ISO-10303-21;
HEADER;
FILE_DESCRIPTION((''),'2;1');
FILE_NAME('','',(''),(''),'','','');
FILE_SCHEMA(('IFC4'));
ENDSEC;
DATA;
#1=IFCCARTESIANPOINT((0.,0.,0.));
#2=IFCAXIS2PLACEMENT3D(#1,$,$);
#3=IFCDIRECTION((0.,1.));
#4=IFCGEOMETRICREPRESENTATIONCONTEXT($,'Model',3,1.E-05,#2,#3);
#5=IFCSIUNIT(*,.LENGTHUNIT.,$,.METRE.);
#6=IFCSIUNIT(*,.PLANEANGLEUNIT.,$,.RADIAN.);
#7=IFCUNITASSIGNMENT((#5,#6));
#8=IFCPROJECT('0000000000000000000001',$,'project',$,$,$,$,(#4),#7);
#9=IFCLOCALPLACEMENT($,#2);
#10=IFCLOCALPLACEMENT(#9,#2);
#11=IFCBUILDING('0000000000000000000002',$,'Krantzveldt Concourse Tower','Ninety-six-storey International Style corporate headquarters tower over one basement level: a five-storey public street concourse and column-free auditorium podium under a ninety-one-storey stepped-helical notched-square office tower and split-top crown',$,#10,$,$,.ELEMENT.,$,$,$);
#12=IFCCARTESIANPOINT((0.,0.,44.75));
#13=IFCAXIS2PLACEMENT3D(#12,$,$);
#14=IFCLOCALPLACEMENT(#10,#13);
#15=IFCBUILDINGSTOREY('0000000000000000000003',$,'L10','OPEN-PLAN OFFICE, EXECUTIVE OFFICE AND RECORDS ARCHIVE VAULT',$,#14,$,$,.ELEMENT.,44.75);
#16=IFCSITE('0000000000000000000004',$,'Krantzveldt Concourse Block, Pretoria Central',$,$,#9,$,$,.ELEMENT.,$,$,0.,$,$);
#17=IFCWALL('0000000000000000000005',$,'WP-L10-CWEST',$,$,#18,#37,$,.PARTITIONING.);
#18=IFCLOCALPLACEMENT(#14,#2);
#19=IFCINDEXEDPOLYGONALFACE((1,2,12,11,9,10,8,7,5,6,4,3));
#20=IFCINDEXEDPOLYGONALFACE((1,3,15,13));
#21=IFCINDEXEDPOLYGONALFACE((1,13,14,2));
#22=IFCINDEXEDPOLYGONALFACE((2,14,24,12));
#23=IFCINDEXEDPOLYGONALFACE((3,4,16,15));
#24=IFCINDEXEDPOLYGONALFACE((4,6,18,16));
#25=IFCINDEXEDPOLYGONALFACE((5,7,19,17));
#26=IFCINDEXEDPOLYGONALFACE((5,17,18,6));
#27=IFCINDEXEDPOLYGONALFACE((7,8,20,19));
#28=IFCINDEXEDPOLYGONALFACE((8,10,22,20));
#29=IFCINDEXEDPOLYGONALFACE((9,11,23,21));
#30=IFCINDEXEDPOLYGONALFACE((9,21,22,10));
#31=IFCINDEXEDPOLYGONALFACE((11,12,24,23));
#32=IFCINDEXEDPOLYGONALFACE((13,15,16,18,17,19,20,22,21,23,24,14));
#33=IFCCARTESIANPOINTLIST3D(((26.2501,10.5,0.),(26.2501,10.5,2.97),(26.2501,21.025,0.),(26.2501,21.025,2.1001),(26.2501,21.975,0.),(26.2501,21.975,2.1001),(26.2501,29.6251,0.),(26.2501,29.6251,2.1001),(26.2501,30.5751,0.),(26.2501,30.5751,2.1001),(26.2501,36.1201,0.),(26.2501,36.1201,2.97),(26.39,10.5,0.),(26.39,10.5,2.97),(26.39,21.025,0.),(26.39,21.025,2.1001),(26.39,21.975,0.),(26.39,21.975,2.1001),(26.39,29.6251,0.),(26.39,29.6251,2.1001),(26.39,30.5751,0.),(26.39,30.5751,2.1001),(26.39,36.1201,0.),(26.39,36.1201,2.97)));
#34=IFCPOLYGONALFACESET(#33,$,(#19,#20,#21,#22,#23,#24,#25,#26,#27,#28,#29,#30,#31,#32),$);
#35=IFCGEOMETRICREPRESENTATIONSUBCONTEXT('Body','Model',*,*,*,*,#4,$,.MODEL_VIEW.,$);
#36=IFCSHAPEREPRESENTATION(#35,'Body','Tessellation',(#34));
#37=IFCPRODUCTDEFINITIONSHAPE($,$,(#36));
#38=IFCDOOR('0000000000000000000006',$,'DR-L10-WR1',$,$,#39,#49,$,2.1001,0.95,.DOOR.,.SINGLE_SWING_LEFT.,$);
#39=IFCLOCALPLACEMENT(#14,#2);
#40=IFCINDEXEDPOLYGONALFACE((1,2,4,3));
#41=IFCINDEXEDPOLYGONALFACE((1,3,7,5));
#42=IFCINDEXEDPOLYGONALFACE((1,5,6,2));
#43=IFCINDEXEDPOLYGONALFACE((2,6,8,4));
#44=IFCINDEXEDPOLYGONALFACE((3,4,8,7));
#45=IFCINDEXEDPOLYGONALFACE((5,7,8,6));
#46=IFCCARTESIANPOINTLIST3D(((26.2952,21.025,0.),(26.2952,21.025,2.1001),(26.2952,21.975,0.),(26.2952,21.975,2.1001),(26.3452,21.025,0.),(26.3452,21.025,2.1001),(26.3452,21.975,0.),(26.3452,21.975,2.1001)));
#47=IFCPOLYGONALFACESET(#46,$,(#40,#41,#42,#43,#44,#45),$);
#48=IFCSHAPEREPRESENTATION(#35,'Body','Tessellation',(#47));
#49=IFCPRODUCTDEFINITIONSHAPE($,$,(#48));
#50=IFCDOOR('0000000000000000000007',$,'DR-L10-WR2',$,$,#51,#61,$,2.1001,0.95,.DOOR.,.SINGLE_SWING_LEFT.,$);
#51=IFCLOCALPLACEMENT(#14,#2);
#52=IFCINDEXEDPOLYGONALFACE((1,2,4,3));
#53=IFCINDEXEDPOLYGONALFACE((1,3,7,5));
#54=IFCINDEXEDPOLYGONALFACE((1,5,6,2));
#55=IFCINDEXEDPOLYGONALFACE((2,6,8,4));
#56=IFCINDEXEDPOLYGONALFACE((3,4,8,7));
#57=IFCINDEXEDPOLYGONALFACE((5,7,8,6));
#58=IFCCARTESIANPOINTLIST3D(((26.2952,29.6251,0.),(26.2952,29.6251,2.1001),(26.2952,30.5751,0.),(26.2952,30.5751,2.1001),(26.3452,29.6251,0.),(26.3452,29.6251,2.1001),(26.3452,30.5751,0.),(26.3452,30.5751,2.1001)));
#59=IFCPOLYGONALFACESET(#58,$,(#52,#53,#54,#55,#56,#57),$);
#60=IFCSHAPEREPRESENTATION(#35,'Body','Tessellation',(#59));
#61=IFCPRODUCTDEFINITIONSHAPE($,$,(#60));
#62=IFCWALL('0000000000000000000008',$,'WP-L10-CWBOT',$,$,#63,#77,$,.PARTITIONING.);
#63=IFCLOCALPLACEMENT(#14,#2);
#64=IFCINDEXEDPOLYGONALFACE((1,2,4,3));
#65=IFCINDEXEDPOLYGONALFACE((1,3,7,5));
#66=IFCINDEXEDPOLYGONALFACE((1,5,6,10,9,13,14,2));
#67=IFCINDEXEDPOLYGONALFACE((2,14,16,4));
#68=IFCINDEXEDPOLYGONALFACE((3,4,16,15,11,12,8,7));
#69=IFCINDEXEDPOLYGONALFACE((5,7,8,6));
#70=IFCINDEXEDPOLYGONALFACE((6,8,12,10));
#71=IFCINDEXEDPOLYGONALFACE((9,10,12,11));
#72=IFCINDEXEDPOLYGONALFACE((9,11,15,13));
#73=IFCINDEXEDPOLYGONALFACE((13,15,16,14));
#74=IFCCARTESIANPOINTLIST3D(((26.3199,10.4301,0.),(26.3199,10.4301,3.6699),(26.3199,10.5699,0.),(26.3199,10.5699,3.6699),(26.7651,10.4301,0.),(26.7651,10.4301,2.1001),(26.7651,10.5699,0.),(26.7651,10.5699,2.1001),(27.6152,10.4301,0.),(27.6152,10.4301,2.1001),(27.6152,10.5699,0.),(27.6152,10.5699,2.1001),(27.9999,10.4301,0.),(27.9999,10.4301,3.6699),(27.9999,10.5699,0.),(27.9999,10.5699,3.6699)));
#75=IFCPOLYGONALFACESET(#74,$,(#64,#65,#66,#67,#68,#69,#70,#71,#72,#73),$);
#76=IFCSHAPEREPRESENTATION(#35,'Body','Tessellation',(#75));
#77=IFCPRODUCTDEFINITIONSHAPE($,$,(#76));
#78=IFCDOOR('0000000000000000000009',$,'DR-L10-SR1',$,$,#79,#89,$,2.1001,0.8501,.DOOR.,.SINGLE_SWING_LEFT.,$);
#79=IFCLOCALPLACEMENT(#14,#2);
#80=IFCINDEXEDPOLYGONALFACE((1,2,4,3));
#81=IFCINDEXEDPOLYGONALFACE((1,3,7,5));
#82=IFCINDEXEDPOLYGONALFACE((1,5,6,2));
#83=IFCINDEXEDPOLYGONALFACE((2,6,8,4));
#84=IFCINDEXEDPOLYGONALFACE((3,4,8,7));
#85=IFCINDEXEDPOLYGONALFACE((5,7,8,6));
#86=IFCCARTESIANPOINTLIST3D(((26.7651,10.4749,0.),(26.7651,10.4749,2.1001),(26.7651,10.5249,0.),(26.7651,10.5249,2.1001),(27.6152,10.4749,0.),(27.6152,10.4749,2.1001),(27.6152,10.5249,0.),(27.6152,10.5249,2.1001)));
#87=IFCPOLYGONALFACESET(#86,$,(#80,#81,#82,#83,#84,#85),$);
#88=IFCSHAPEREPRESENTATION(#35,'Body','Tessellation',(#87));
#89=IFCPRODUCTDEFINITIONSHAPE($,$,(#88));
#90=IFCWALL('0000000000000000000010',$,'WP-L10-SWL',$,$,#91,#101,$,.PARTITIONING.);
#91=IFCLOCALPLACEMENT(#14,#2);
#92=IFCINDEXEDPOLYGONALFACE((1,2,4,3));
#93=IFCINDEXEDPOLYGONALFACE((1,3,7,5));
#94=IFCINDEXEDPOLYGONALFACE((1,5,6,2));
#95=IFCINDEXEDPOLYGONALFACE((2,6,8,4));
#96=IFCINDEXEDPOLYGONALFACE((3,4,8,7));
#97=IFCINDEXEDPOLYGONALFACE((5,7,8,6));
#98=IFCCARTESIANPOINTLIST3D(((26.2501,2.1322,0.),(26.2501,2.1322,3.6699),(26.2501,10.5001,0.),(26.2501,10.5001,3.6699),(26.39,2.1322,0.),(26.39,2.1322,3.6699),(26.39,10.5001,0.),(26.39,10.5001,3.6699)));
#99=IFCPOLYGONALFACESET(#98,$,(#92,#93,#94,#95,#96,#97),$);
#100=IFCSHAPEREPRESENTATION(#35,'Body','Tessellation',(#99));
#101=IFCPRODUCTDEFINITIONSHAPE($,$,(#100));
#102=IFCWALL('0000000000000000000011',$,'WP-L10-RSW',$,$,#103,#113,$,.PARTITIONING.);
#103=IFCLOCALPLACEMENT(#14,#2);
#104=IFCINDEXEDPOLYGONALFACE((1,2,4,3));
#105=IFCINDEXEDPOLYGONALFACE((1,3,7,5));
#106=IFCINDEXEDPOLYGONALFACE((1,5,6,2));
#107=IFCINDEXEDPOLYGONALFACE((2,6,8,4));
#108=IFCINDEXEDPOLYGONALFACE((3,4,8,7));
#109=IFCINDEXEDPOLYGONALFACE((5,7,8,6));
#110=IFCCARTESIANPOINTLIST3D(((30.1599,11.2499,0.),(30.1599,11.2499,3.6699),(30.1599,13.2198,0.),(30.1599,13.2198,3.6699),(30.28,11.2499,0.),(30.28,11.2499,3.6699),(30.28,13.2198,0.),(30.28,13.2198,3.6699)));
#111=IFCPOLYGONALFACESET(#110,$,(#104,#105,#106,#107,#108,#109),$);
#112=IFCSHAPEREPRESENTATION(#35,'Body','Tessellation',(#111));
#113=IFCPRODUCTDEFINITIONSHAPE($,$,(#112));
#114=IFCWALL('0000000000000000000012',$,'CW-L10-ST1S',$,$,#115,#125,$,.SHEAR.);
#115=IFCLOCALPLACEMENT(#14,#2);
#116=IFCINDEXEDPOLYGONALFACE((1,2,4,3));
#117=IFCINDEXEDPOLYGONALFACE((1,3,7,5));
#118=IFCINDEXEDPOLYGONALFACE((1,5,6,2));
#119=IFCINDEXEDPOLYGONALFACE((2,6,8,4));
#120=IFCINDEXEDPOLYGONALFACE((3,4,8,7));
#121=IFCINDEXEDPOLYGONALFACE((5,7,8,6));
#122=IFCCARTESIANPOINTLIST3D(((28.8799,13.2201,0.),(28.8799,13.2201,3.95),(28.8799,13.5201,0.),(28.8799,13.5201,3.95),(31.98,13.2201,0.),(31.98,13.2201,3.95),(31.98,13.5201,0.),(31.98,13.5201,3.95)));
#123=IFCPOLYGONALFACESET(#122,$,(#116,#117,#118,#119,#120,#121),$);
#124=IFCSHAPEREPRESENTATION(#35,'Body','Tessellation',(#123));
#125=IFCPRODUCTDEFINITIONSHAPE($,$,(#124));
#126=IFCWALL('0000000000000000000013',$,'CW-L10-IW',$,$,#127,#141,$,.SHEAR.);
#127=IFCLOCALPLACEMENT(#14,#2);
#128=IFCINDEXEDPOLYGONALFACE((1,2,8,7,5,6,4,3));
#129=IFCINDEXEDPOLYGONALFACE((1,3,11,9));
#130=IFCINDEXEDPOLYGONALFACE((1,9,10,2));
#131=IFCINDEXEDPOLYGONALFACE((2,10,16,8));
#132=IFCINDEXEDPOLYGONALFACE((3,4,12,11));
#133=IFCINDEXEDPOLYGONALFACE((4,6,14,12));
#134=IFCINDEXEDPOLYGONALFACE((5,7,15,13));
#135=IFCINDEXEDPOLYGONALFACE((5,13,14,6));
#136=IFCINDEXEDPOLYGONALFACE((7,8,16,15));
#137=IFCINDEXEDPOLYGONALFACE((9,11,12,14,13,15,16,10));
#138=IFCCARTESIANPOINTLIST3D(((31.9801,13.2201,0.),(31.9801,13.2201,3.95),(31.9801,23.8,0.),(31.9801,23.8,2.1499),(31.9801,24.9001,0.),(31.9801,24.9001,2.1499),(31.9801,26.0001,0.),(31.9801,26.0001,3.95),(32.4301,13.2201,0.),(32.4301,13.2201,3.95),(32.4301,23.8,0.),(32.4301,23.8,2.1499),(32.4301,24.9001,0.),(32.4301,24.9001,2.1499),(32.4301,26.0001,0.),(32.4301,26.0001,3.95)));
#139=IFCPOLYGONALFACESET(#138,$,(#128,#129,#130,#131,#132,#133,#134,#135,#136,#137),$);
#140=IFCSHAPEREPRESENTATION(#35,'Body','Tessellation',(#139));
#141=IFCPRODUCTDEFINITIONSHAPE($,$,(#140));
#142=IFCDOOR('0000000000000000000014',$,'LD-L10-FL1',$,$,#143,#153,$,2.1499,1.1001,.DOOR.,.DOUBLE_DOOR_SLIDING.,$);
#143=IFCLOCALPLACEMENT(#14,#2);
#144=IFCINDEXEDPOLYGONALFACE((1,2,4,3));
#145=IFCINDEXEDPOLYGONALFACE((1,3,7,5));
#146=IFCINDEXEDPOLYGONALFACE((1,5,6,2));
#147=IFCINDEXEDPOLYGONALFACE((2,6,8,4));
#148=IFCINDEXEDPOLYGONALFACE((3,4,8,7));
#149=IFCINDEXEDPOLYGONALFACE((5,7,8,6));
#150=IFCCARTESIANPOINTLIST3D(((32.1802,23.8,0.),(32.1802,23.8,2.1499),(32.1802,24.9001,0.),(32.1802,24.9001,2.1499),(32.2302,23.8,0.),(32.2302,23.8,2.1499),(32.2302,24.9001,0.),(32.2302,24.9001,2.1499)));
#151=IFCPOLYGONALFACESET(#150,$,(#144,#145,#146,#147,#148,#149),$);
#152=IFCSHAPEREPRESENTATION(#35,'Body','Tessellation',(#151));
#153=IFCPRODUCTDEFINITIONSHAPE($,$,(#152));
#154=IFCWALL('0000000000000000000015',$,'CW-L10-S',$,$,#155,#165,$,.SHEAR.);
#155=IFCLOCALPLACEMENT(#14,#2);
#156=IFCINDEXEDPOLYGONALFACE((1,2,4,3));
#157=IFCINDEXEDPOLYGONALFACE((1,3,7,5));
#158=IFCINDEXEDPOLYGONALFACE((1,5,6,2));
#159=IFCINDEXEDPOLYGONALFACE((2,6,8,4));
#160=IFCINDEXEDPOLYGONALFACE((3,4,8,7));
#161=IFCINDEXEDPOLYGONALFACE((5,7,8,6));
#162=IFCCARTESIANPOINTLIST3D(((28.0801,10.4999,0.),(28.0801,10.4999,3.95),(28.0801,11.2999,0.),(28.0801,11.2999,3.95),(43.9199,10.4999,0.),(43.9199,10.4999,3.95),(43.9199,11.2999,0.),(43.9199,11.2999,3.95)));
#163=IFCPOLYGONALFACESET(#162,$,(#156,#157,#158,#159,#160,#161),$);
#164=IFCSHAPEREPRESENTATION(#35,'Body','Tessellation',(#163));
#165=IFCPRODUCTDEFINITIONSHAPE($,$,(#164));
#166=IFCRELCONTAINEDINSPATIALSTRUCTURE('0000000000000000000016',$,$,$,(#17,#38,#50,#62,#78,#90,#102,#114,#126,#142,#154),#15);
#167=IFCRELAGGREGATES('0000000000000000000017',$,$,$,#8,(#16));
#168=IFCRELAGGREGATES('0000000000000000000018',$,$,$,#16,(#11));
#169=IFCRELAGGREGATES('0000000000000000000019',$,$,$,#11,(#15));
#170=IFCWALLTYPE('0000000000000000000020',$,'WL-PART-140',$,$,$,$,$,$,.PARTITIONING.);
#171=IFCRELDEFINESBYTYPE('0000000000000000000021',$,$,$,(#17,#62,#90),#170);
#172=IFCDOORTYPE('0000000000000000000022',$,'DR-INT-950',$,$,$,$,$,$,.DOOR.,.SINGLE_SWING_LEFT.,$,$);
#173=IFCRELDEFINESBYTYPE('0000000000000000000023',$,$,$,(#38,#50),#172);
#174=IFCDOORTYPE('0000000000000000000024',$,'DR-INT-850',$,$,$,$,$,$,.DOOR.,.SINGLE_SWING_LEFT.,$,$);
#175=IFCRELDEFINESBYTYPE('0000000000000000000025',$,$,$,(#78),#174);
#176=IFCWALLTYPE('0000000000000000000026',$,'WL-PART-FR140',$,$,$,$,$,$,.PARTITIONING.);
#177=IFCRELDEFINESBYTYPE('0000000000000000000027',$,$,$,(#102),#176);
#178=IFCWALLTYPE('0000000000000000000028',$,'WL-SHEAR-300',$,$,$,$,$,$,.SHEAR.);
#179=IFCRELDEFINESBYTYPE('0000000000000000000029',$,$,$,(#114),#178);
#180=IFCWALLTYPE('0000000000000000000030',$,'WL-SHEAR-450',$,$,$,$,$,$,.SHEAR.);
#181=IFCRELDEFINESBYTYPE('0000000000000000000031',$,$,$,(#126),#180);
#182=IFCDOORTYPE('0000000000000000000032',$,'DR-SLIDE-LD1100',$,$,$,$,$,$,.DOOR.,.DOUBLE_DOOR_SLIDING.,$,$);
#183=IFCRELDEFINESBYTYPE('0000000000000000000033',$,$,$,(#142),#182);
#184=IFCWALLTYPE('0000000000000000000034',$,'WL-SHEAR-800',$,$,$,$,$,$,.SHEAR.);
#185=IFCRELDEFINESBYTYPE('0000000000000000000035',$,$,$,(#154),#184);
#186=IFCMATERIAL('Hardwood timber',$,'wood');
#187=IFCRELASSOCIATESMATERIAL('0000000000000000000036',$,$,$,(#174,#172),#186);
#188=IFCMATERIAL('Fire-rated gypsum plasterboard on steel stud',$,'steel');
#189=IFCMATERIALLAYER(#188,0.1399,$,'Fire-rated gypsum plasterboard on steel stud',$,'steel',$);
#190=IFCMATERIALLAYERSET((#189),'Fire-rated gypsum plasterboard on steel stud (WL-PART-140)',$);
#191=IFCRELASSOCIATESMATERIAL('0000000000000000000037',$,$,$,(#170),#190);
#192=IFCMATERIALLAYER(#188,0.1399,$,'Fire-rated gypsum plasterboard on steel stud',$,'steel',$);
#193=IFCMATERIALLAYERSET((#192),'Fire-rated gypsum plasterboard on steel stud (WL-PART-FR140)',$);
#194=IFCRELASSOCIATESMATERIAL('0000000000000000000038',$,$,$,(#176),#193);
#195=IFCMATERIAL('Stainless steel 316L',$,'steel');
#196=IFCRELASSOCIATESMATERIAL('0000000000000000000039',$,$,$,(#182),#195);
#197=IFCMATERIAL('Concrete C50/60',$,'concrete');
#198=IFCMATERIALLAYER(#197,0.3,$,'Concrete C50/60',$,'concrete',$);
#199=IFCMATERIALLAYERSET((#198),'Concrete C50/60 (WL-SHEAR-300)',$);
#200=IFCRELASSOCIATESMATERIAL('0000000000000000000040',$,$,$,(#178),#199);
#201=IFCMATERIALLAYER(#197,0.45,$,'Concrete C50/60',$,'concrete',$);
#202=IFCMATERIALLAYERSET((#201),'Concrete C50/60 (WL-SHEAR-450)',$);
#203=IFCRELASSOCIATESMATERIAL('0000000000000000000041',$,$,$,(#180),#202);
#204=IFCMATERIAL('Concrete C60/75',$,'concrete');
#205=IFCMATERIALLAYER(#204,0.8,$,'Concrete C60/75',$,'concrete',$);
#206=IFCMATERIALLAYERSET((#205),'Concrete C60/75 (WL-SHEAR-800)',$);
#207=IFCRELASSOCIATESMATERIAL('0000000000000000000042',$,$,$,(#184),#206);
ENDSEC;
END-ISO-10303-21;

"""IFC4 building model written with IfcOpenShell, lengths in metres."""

from ifc_helpers import new_model, si_unit, direction, frame, frame_2d, origin, place, context, subcontext, project, spatial, rectangle, extrude, material, layer, layer_set, type_object, element, fill, save


model = new_model("IFC4")

# Units and contexts
model_context = context("Model", 3, precision=1e-05, world=origin(), true_north=direction((0.0, 1.0)))
body_context = subcontext(model_context, "Body", "Model", "MODEL_VIEW")
ifc_project = project(units=[si_unit("LENGTHUNIT", "METRE"), si_unit("PLANEANGLEUNIT", "RADIAN")], contexts=[model_context])

# Site, building, storey
site_placement = place(None, origin())
site = spatial("IfcSite", under=ifc_project, at=site_placement, Name="Krantzveldt Concourse Block, Pretoria Central", CompositionType="ELEMENT", RefElevation=0.0)
building_placement = place(site_placement, origin())
building = spatial("IfcBuilding", under=site, at=building_placement, Name="Krantzveldt Concourse Tower", Description="Ninety-six-storey International Style corporate headquarters tower over one basement level: a five-storey public street concourse and column-free auditorium podium under a ninety-one-storey stepped-helical notched-square office tower and split-top crown", CompositionType="ELEMENT")
storey_placement = place(building_placement, frame((0.0, 0.0, 44.75)))
storey = spatial("IfcBuildingStorey", under=building, at=storey_placement, Name="L10", Description="OPEN-PLAN OFFICE, EXECUTIVE OFFICE AND RECORDS ARCHIVE VAULT", CompositionType="ELEMENT", Elevation=44.75)

# Shared definitions
ifc_material_1 = material(Name="Fire-rated gypsum plasterboard on steel stud", Category="steel")
ifc_material_2 = material(Name="Hardwood timber", Category="wood")
door_type_1 = type_object("IfcDoorType", Name="DR-INT-850", OperationType="SINGLE_SWING_LEFT", PredefinedType="DOOR", material=ifc_material_2)

# Wall, openings, doors
ifc_layer_1 = layer(ifc_material_1, 0.1399, Name="Fire-rated gypsum plasterboard on steel stud", Category="steel")
ifc_layer_set_1 = layer_set([ifc_layer_1], Name="Fire-rated gypsum plasterboard on steel stud (WL-PART-140)")
wall_type_1 = type_object("IfcWallType", Name="WL-PART-140", PredefinedType="PARTITIONING", material=ifc_layer_set_1)
wall_1_placement = place(storey_placement, frame((26.3201, 10.5, 0.0), z_axis=(0.0, 0.0, 1.0), x_axis=(0.0, 1.0, 0.0)))
wall_1 = element("IfcWall", 1, at=wall_1_placement, inside=storey, type_object=wall_type_1, Name="WP-L10-CWEST", PredefinedType="PARTITIONING", context=body_context, shape_type="SweptSolid", body=[
    extrude(rectangle(XDim=25.6201, YDim=0.1399, at=frame_2d((12.8101, 0.0))), origin(), (0.0, 0.0, 1.0), 2.97),
])
opening_1_placement = place(wall_1_placement, frame((10.5249, 0.0, 0.0)))
opening_1 = element("IfcOpeningElement", 2, at=opening_1_placement, cuts=wall_1, PredefinedType="OPENING", context=body_context, shape_type="SweptSolid", body=[
    extrude(rectangle(XDim=0.95, YDim=2.1001, at=frame_2d((0.4751, 1.05))), frame((0.0, 0.0801, 0.0), z_axis=(0.0, -1.0, 0.0), x_axis=(1.0, 0.0, 0.0)), (0.0, 0.0, 1.0), 0.1599),
])
opening_2_placement = place(wall_1_placement, frame((19.125, 0.0, 0.0)))
opening_2 = element("IfcOpeningElement", 3, at=opening_2_placement, cuts=wall_1, PredefinedType="OPENING", context=body_context, shape_type="SweptSolid", body=[
    extrude(rectangle(XDim=0.95, YDim=2.1001, at=frame_2d((0.4751, 1.05))), frame((0.0, 0.0801, 0.0), z_axis=(0.0, -1.0, 0.0), x_axis=(1.0, 0.0, 0.0)), (0.0, 0.0, 1.0), 0.1599),
])
door_type_2 = type_object("IfcDoorType", Name="DR-INT-950", OperationType="SINGLE_SWING_LEFT", PredefinedType="DOOR", material=ifc_material_2)
door_1_placement = place(opening_1_placement, origin())
door_1 = element("IfcDoor", 4, at=door_1_placement, inside=storey, type_object=door_type_2, Name="DR-L10-WR1", OperationType="SINGLE_SWING_LEFT", OverallHeight=2.1001, OverallWidth=0.95, PredefinedType="DOOR", context=body_context, shape_type="SweptSolid", body=[
    extrude(rectangle(XDim=0.95, YDim=2.1001, at=frame_2d((0.4751, 1.05))), frame((0.0, 0.0249, 0.0), z_axis=(0.0, -1.0, 0.0), x_axis=(1.0, 0.0, 0.0)), (0.0, 0.0, 1.0), 0.05),
])
fill(opening_1, door_1)
door_2_placement = place(opening_2_placement, origin())
door_2 = element("IfcDoor", 5, at=door_2_placement, inside=storey, type_object=door_type_2, Name="DR-L10-WR2", OperationType="SINGLE_SWING_LEFT", OverallHeight=2.1001, OverallWidth=0.95, PredefinedType="DOOR", context=body_context, shape_type="SweptSolid", body=[
    extrude(rectangle(XDim=0.95, YDim=2.1001, at=frame_2d((0.4751, 1.05))), frame((0.0, 0.0249, 0.0), z_axis=(0.0, -1.0, 0.0), x_axis=(1.0, 0.0, 0.0)), (0.0, 0.0, 1.0), 0.05),
])
fill(opening_2, door_2)

# Wall, opening, door
wall_2_placement = place(storey_placement, frame((26.3201, 10.5, 0.0), z_axis=(0.0, 0.0, 1.0), x_axis=(1.0, 0.0, 0.0)))
wall_2 = element("IfcWall", 6, at=wall_2_placement, inside=storey, type_object=wall_type_1, Name="WP-L10-CWBOT", PredefinedType="PARTITIONING", context=body_context, shape_type="SweptSolid", body=[
    extrude(rectangle(XDim=1.6799, YDim=0.1399, at=frame_2d((0.8398, 0.0))), origin(), (0.0, 0.0, 1.0), 3.6699),
])
opening_3_placement = place(wall_2_placement, frame((0.4451, 0.0, 0.0)))
opening_3 = element("IfcOpeningElement", 7, at=opening_3_placement, cuts=wall_2, PredefinedType="OPENING", context=body_context, shape_type="SweptSolid", body=[
    extrude(rectangle(XDim=0.8501, YDim=2.1001, at=frame_2d((0.425, 1.05))), frame((0.0, 0.0801, 0.0), z_axis=(0.0, -1.0, 0.0), x_axis=(1.0, 0.0, 0.0)), (0.0, 0.0, 1.0), 0.1599),
])
door_3_placement = place(opening_3_placement, origin())
door_3 = element("IfcDoor", 8, at=door_3_placement, inside=storey, type_object=door_type_1, Name="DR-L10-SR1", OperationType="SINGLE_SWING_LEFT", OverallHeight=2.1001, OverallWidth=0.8501, PredefinedType="DOOR", context=body_context, shape_type="SweptSolid", body=[
    extrude(rectangle(XDim=0.8501, YDim=2.1001, at=frame_2d((0.425, 1.05))), frame((0.0, 0.0249, 0.0), z_axis=(0.0, -1.0, 0.0), x_axis=(1.0, 0.0, 0.0)), (0.0, 0.0, 1.0), 0.05),
])
fill(opening_3, door_3)

# Wall
wall_3_placement = place(storey_placement, frame((26.3201, 2.1321, 0.0), z_axis=(0.0, 0.0, 1.0), x_axis=(0.0, 1.0, 0.0)))
element("IfcWall", 9, at=wall_3_placement, inside=storey, type_object=wall_type_1, Name="WP-L10-SWL", PredefinedType="PARTITIONING", context=body_context, shape_type="SweptSolid", body=[
    extrude(rectangle(XDim=8.3679, YDim=0.1399, at=frame_2d((4.1841, 0.0))), origin(), (0.0, 0.0, 1.0), 3.6699),
])

# Shared definitions
ifc_layer_2 = layer(ifc_material_1, 0.1399, Name="Fire-rated gypsum plasterboard on steel stud", Category="steel")
ifc_layer_set_2 = layer_set([ifc_layer_2], Name="Fire-rated gypsum plasterboard on steel stud (WL-PART-FR140)")
wall_type_2 = type_object("IfcWallType", Name="WL-PART-FR140", PredefinedType="PARTITIONING", material=ifc_layer_set_2)
ifc_material_3 = material(Name="Stainless steel 316L", Category="steel")
door_type_3 = type_object("IfcDoorType", Name="DR-SLIDE-LD1100", OperationType="DOUBLE_DOOR_SLIDING", PredefinedType="DOOR", material=ifc_material_3)

# Walls
wall_4_placement = place(storey_placement, frame((30.22, 11.25, 0.0), z_axis=(0.0, 0.0, 1.0), x_axis=(0.0, 1.0, 0.0)))
element("IfcWall", 10, at=wall_4_placement, inside=storey, type_object=wall_type_2, Name="WP-L10-RSW", PredefinedType="PARTITIONING", context=body_context, shape_type="SweptSolid", body=[
    extrude(rectangle(XDim=1.97, YDim=0.1201, at=frame_2d((0.9849, 0.0))), origin(), (0.0, 0.0, 1.0), 3.6699),
])
ifc_material_4 = material(Name="Concrete C50/60", Category="concrete")
ifc_layer_3 = layer(ifc_material_4, 0.3, Name="Concrete C50/60", Category="concrete")
ifc_layer_set_3 = layer_set([ifc_layer_3], Name="Concrete C50/60 (WL-SHEAR-300)")
wall_type_3 = type_object("IfcWallType", Name="WL-SHEAR-300", PredefinedType="SHEAR", material=ifc_layer_set_3)
wall_5_placement = place(storey_placement, frame((28.8799, 13.3701, 0.0), z_axis=(0.0, 0.0, 1.0), x_axis=(1.0, 0.0, 0.0)))
element("IfcWall", 11, at=wall_5_placement, inside=storey, type_object=wall_type_3, Name="CW-L10-ST1S", PredefinedType="SHEAR", context=body_context, shape_type="SweptSolid", body=[
    extrude(rectangle(XDim=3.1001, YDim=0.3, at=frame_2d((1.55, 0.0))), origin(), (0.0, 0.0, 1.0), 3.95),
])

# Wall, opening, door
ifc_layer_4 = layer(ifc_material_4, 0.45, Name="Concrete C50/60", Category="concrete")
ifc_layer_set_4 = layer_set([ifc_layer_4], Name="Concrete C50/60 (WL-SHEAR-450)")
wall_type_4 = type_object("IfcWallType", Name="WL-SHEAR-450", PredefinedType="SHEAR", material=ifc_layer_set_4)
wall_6_placement = place(storey_placement, frame((32.2051, 13.22, 0.0), z_axis=(0.0, 0.0, 1.0), x_axis=(0.0, 1.0, 0.0)))
wall_6 = element("IfcWall", 12, at=wall_6_placement, inside=storey, type_object=wall_type_4, Name="CW-L10-IW", PredefinedType="SHEAR", context=body_context, shape_type="SweptSolid", body=[
    extrude(rectangle(XDim=12.78, YDim=0.45, at=frame_2d((6.3901, 0.0))), origin(), (0.0, 0.0, 1.0), 3.95),
])
opening_4_placement = place(wall_6_placement, frame((10.5801, 0.0, 0.0)))
opening_4 = element("IfcOpeningElement", 13, at=opening_4_placement, cuts=wall_6, PredefinedType="OPENING", context=body_context, shape_type="SweptSolid", body=[
    extrude(rectangle(XDim=1.1001, YDim=2.1499, at=frame_2d((0.55, 1.075))), frame((0.0, 0.2349, 0.0), z_axis=(0.0, -1.0, 0.0), x_axis=(1.0, 0.0, 0.0)), (0.0, 0.0, 1.0), 0.47),
])
door_4_placement = place(opening_4_placement, origin())
door_4 = element("IfcDoor", 14, at=door_4_placement, inside=storey, type_object=door_type_3, Name="LD-L10-FL1", OperationType="DOUBLE_DOOR_SLIDING", OverallHeight=2.1499, OverallWidth=1.1001, PredefinedType="DOOR", context=body_context, shape_type="SweptSolid", body=[
    extrude(rectangle(XDim=1.1001, YDim=2.1499, at=frame_2d((0.55, 1.075))), frame((0.0, 0.0249, 0.0), z_axis=(0.0, -1.0, 0.0), x_axis=(1.0, 0.0, 0.0)), (0.0, 0.0, 1.0), 0.05),
])
fill(opening_4, door_4)

# Wall
ifc_material_5 = material(Name="Concrete C60/75", Category="concrete")
ifc_layer_5 = layer(ifc_material_5, 0.8, Name="Concrete C60/75", Category="concrete")
ifc_layer_set_5 = layer_set([ifc_layer_5], Name="Concrete C60/75 (WL-SHEAR-800)")
wall_type_5 = type_object("IfcWallType", Name="WL-SHEAR-800", PredefinedType="SHEAR", material=ifc_layer_set_5)
wall_7_placement = place(storey_placement, frame((28.0801, 10.8999, 0.0), z_axis=(0.0, 0.0, 1.0), x_axis=(1.0, 0.0, 0.0)))
element("IfcWall", 15, at=wall_7_placement, inside=storey, type_object=wall_type_5, Name="CW-L10-S", PredefinedType="SHEAR", context=body_context, shape_type="SweptSolid", body=[
    extrude(rectangle(XDim=15.8398, YDim=0.8, at=frame_2d((7.9199, 0.0))), origin(), (0.0, 0.0, 1.0), 3.95),
])

save(model, "model.ifc")
